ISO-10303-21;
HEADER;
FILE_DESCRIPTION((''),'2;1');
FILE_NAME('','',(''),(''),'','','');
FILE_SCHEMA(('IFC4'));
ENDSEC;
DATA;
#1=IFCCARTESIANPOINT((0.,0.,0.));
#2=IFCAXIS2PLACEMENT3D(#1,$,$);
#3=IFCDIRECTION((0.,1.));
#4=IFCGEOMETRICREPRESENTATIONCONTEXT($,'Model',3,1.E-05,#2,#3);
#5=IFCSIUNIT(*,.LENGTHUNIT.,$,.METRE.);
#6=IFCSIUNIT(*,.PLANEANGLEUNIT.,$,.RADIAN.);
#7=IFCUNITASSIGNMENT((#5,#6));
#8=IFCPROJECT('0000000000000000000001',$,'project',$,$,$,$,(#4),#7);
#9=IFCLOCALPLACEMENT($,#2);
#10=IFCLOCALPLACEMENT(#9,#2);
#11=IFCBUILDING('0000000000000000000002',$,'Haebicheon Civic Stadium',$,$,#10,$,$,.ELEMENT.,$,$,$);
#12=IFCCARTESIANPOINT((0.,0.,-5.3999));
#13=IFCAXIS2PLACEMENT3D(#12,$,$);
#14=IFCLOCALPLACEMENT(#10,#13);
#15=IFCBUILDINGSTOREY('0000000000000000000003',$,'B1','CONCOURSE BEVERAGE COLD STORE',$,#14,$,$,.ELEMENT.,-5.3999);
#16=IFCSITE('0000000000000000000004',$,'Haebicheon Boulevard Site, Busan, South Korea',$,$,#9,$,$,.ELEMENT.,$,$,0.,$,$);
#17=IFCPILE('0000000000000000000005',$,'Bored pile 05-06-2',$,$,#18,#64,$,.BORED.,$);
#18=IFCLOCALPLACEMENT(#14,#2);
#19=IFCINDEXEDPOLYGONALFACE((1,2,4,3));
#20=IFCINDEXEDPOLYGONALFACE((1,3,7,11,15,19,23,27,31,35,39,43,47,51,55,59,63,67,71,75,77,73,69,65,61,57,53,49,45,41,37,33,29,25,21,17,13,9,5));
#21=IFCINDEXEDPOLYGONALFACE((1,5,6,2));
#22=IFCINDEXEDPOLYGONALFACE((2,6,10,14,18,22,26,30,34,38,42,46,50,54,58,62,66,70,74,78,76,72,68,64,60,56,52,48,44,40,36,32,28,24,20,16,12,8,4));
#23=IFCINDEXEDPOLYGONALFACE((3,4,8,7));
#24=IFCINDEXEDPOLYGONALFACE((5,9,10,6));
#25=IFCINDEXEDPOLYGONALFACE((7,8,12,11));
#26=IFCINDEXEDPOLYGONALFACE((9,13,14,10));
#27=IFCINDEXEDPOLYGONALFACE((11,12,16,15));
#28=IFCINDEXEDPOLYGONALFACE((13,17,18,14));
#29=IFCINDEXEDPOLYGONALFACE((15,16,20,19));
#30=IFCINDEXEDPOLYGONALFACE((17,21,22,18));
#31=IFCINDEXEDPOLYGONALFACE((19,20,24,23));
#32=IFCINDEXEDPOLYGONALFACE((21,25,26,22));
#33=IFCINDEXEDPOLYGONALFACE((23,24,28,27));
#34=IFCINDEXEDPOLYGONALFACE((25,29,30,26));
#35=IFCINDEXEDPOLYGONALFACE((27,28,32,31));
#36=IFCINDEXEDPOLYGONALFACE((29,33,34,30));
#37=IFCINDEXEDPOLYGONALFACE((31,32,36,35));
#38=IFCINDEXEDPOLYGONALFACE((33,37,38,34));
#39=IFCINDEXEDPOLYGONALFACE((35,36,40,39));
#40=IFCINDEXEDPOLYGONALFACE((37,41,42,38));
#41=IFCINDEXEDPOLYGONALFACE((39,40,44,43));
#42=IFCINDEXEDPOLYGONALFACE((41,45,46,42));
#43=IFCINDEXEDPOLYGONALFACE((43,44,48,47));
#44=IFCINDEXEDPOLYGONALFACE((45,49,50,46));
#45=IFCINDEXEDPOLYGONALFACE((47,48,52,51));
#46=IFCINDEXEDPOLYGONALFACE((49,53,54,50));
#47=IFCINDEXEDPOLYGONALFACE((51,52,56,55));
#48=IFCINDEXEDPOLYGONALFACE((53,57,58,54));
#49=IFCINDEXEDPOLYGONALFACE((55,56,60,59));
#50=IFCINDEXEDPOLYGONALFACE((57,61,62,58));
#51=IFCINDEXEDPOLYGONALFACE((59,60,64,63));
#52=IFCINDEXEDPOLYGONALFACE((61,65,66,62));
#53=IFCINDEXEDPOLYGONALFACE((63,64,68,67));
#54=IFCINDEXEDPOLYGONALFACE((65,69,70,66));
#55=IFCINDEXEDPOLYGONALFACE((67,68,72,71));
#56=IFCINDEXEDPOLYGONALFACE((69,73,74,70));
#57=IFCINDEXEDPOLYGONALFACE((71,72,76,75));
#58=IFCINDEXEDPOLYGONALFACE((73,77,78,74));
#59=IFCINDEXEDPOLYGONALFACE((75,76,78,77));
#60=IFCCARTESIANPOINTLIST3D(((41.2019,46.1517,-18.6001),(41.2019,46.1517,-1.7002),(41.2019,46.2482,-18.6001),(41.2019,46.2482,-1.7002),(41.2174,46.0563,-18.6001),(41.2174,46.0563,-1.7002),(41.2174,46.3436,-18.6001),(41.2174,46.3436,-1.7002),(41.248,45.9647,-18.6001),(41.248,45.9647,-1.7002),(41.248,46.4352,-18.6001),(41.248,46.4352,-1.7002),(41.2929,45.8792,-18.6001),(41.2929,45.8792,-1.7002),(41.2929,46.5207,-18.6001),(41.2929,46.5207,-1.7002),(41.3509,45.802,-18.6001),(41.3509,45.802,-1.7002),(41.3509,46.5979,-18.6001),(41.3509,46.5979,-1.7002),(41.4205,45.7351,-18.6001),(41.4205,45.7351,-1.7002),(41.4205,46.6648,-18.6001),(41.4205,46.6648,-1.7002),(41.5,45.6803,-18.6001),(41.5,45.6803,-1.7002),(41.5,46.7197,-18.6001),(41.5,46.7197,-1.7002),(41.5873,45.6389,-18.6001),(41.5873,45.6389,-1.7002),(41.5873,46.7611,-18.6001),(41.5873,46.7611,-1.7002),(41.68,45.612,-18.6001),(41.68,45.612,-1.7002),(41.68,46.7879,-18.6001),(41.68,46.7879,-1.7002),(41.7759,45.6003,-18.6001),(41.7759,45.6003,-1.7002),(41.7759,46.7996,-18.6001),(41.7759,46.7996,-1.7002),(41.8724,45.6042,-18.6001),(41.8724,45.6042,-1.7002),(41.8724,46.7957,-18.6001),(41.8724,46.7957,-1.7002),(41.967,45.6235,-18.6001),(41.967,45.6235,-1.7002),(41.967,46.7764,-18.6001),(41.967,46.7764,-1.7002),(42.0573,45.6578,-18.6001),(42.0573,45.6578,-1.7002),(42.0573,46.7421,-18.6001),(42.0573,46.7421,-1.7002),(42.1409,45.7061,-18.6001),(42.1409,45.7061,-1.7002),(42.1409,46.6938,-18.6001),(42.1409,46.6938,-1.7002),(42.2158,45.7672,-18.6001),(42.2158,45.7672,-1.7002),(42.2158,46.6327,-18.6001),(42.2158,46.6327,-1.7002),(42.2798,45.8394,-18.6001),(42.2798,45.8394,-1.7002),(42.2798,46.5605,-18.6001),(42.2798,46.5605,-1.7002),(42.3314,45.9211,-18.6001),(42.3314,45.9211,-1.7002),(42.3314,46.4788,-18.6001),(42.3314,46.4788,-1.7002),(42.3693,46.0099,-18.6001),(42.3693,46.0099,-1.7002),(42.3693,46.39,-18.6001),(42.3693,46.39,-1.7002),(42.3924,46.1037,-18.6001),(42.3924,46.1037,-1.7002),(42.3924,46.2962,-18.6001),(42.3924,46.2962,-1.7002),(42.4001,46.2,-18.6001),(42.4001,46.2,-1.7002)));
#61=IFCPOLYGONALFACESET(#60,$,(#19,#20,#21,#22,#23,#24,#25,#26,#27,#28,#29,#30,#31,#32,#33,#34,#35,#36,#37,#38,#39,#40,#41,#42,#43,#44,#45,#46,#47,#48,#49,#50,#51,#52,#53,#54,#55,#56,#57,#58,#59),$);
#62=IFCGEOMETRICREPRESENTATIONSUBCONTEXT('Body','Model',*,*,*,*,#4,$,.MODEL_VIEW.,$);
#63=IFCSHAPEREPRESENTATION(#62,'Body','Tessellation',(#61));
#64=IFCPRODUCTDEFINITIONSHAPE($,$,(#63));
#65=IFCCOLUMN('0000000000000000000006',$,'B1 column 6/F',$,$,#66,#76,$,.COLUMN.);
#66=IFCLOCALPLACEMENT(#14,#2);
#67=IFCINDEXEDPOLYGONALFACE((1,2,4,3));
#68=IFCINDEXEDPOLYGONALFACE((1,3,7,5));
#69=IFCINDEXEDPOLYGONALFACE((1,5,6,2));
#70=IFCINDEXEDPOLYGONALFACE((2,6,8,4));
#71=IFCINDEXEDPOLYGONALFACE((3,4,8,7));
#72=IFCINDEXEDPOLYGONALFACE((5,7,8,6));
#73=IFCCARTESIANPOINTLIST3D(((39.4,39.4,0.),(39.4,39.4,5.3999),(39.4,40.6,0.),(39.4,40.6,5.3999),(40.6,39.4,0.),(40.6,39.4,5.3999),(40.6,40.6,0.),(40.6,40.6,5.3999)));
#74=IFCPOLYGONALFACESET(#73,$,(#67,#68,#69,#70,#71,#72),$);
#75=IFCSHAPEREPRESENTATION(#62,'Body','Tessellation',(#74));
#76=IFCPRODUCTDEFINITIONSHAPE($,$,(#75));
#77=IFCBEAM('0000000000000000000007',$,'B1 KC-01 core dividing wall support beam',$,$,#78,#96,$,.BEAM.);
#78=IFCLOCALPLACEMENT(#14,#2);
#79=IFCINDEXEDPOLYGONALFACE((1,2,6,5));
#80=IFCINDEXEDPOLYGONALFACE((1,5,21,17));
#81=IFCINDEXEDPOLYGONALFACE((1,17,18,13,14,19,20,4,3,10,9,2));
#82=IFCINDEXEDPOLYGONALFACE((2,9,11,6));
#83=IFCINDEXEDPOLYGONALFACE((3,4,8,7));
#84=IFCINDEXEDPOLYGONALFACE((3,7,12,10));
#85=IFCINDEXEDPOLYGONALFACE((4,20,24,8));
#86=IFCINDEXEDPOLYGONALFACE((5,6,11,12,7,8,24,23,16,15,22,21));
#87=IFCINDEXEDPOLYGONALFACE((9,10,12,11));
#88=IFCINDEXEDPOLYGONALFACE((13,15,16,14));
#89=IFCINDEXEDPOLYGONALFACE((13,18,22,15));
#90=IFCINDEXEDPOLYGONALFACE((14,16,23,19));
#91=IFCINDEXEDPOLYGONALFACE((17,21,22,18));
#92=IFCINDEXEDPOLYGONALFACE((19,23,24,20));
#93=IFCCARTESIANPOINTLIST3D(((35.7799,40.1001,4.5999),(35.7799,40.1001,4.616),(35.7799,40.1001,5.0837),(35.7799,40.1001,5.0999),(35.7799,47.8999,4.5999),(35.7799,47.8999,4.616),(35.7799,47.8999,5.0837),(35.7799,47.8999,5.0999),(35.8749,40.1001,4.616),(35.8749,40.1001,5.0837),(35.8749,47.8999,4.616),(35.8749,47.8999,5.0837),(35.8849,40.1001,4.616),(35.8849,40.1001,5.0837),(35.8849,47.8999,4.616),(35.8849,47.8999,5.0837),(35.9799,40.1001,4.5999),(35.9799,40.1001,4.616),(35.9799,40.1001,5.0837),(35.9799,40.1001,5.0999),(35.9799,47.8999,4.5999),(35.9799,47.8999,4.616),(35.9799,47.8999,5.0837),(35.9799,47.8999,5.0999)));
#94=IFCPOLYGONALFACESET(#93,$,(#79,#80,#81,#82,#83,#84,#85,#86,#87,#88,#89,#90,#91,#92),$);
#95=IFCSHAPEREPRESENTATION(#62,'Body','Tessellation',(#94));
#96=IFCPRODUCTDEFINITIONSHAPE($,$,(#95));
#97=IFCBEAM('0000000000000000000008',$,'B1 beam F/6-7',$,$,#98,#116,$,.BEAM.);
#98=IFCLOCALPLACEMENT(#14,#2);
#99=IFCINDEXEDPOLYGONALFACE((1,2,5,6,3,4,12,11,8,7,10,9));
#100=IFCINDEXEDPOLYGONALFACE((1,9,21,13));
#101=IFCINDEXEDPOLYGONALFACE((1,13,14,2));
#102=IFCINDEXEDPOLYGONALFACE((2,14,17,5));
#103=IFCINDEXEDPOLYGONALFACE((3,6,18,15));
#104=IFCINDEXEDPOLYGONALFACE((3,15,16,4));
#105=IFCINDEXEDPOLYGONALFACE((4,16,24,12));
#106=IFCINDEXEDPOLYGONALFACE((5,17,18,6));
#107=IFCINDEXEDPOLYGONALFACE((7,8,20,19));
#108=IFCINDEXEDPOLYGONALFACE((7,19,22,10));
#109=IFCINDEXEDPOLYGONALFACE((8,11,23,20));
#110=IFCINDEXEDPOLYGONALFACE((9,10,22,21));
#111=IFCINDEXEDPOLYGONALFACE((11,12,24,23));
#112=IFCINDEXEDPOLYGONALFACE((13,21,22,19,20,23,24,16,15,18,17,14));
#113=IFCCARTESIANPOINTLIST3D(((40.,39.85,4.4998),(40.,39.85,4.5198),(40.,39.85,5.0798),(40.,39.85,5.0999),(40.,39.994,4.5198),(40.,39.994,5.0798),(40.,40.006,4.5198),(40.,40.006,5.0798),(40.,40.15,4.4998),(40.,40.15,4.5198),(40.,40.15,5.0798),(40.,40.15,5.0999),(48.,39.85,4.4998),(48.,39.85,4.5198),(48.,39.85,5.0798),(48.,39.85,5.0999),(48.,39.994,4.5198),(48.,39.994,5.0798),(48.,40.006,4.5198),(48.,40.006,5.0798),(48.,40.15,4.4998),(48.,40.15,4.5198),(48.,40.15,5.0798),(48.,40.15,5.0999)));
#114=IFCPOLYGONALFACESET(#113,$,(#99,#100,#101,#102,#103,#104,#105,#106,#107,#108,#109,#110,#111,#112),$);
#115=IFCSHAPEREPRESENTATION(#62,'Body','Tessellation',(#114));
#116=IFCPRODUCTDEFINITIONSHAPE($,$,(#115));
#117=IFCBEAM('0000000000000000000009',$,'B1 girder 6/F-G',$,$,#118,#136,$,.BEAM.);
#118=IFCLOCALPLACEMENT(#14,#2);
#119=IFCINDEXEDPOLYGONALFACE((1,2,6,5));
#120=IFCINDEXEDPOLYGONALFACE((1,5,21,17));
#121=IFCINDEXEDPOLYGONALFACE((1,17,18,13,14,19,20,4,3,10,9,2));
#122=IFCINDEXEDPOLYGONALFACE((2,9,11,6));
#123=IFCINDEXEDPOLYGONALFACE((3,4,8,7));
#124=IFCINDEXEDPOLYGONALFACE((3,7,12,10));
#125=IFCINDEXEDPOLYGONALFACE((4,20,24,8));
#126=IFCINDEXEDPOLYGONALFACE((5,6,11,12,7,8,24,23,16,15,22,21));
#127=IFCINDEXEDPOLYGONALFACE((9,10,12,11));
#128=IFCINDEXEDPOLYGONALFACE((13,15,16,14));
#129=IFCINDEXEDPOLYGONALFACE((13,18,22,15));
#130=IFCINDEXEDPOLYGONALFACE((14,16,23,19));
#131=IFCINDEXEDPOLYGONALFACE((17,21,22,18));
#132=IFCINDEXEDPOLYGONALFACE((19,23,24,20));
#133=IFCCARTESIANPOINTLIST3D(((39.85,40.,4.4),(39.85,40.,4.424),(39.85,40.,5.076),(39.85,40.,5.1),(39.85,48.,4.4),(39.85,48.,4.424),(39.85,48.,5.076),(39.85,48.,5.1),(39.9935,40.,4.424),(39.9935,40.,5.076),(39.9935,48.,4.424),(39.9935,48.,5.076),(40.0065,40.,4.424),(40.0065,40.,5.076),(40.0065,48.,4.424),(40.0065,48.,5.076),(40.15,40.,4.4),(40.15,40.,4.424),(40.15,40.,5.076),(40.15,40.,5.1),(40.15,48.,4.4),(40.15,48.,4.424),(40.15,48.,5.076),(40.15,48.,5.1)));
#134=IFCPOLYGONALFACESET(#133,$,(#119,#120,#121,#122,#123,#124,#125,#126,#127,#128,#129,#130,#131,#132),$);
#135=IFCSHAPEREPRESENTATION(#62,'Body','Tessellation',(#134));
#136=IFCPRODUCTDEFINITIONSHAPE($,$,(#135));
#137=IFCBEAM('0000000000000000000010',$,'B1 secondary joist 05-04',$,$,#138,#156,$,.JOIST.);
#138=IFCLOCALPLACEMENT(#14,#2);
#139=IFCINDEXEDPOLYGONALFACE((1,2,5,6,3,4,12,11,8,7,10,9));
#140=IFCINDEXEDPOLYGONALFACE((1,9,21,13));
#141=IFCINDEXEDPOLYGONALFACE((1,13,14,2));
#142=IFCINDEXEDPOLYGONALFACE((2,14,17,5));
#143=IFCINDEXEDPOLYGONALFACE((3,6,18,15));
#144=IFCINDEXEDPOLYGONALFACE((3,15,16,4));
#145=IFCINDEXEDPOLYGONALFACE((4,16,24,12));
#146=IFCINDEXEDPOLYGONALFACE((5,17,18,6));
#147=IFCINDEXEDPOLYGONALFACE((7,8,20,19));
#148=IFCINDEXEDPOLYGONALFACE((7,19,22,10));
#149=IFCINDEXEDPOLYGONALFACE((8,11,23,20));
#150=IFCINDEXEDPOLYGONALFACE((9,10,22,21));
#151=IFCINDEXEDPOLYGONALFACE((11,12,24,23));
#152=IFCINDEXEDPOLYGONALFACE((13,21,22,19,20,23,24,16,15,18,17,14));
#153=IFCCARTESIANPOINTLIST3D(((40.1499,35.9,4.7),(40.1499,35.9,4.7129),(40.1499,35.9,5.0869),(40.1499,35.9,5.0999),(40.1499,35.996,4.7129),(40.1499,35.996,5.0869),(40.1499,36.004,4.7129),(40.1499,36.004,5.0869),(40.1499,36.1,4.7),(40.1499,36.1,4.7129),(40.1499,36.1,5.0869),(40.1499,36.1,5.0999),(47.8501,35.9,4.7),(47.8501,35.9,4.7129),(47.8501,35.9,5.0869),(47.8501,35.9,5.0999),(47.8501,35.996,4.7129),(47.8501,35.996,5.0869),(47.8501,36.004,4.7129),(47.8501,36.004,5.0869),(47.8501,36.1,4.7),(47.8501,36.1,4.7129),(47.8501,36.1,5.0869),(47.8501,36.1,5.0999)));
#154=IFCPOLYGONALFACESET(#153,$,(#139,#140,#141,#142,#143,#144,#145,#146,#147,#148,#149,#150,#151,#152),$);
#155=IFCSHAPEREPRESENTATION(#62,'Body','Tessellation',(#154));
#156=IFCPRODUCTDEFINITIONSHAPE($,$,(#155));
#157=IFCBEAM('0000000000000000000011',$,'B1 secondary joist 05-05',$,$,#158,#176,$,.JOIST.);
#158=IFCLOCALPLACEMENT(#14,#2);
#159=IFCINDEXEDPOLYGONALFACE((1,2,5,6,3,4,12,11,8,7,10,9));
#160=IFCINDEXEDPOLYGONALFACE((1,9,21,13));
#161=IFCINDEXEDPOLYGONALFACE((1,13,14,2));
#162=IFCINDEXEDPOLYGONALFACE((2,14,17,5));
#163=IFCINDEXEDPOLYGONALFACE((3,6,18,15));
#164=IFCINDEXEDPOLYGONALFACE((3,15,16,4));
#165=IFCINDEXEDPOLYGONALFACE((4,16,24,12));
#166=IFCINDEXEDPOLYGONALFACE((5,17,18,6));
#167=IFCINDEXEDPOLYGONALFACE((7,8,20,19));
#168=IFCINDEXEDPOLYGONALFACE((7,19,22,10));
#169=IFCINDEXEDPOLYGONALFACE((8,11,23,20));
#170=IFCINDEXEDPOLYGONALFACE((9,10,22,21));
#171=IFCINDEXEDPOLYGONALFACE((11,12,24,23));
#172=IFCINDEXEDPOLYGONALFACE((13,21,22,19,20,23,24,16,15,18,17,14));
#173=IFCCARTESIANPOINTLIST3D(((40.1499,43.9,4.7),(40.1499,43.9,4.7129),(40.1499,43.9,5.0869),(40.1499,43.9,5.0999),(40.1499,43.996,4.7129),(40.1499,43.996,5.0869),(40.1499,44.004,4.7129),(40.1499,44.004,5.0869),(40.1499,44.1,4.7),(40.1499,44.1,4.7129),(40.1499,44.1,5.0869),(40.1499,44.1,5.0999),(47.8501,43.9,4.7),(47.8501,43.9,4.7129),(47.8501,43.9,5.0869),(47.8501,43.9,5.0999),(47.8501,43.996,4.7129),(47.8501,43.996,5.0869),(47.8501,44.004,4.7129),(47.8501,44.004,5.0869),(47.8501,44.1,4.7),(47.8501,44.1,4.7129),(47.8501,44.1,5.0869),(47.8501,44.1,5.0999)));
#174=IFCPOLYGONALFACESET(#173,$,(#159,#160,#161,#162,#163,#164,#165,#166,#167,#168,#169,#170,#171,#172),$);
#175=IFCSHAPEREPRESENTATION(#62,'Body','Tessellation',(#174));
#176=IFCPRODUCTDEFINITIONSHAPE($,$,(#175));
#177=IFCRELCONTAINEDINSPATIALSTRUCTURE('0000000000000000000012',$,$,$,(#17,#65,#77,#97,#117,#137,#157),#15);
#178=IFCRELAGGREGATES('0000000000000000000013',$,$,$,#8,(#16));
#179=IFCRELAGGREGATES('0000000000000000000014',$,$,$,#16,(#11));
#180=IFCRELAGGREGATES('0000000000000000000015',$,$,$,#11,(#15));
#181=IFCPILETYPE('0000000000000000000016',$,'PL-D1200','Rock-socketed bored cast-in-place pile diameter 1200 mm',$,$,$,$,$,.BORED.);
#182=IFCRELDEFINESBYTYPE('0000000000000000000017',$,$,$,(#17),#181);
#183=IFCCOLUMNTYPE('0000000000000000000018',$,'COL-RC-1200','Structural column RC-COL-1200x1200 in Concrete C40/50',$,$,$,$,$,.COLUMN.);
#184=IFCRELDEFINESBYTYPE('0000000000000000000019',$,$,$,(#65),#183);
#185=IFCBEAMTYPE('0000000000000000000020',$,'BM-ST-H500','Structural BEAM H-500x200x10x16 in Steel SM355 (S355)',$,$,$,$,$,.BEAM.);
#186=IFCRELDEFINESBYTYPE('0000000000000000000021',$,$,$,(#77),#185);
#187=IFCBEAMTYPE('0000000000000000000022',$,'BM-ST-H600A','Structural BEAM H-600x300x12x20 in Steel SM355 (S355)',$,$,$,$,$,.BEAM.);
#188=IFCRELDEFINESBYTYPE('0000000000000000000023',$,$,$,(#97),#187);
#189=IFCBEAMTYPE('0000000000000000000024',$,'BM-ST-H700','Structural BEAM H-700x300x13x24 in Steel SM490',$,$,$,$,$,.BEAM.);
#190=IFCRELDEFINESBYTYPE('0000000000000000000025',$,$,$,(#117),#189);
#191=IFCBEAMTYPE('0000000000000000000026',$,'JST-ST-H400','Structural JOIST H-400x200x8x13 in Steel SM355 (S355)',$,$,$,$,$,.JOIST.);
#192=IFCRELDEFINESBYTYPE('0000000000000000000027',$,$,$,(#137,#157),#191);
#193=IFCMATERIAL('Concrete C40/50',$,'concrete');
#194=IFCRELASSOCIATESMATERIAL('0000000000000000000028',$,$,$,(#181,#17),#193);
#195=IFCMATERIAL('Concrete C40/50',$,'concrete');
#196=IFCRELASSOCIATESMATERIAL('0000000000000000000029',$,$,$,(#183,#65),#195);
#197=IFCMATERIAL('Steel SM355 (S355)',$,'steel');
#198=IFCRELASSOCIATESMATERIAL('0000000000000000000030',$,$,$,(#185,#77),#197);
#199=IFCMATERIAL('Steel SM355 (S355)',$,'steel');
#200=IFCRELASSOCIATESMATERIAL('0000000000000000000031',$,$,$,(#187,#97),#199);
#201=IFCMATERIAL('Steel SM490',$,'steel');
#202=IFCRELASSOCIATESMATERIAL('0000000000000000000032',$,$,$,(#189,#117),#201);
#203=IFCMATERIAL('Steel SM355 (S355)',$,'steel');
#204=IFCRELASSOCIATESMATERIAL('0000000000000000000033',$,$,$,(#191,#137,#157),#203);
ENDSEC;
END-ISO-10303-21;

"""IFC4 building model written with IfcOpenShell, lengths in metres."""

from ifc_helpers import new_model, si_unit, direction, frame, origin, origin_2d, place, context, subcontext, project, spatial, rectangle, circle, i_section, extrude, material, material_profile, profile_set, type_object, element, save


model = new_model("IFC4")

# Units and contexts
model_context = context("Model", 3, precision=1e-05, world=origin(), true_north=direction((0.0, 1.0)))
body_context = subcontext(model_context, "Body", "Model", "MODEL_VIEW")
ifc_project = project(units=[si_unit("LENGTHUNIT", "METRE"), si_unit("PLANEANGLEUNIT", "RADIAN")], contexts=[model_context])

# Site, building, storey
site_placement = place(None, origin())
site = spatial("IfcSite", under=ifc_project, at=site_placement, Name="Haebicheon Boulevard Site, Busan, South Korea", CompositionType="ELEMENT", RefElevation=0.0)
building_placement = place(site_placement, origin())
building = spatial("IfcBuilding", under=site, at=building_placement, Name="Haebicheon Civic Stadium", CompositionType="ELEMENT")
storey_placement = place(building_placement, frame((0.0, 0.0, -5.3999)))
storey = spatial("IfcBuildingStorey", under=building, at=storey_placement, Name="B1", Description="CONCOURSE BEVERAGE COLD STORE", CompositionType="ELEMENT", Elevation=-5.3999)

# Pile
ifc_material_1 = material(Name="Concrete C40/50", Category="concrete")
ifc_material_profile_1 = material_profile(ifc_material_1, circle(Radius=0.6001, at=origin_2d()), Name="PILE-D1200")
ifc_profile_set_1 = profile_set([ifc_material_profile_1], Name="Concrete C40/50")
pile_type_1 = type_object("IfcPileType", Name="PL-D1200", Description="Rock-socketed bored cast-in-place pile diameter 1200 mm", PredefinedType="BORED", material=ifc_profile_set_1)
for number, where, z_axis, x_axis, name in (
    (1, (41.8, 46.2, -1.7002), (0.0, 0.0, -1.0), (1.0, 0.0, 0.0), "Bored pile 05-06-2"),
):
    element("IfcPile", number, at=place(storey_placement, frame(where, z_axis=z_axis, x_axis=x_axis)), inside=storey, type_object=pile_type_1, material=ifc_profile_set_1, Name=name, PredefinedType="BORED", context=body_context, shape_type="SweptSolid", body=[
        extrude(circle(Radius=0.6001, at=origin_2d()), origin(), (0.0, 0.0, 1.0), 16.8999),
    ])

# Column
ifc_material_2 = material(Name="Concrete C40/50", Category="concrete")
ifc_material_profile_2 = material_profile(ifc_material_2, rectangle(XDim=1.2, YDim=1.2, at=origin_2d()), Name="RC-COL-1200x1200")
ifc_profile_set_2 = profile_set([ifc_material_profile_2], Name="Concrete C40/50")
column_type = type_object("IfcColumnType", Name="COL-RC-1200", Description="Structural column RC-COL-1200x1200 in Concrete C40/50", PredefinedType="COLUMN", material=ifc_profile_set_2)
column_placement = place(storey_placement, frame((40.0, 40.0, 0.0), z_axis=(0.0, 0.0, 1.0), x_axis=(1.0, 0.0, 0.0)))
element("IfcColumn", 2, at=column_placement, inside=storey, type_object=column_type, material=ifc_profile_set_2, Name="B1 column 6/F", PredefinedType="COLUMN", context=body_context, shape_type="SweptSolid", body=[
    extrude(rectangle(XDim=1.2, YDim=1.2, at=origin_2d()), origin(), (0.0, 0.0, 1.0), 5.3999),
])

# Beams
ifc_material_3 = material(Name="Steel SM355 (S355)", Category="steel")
ifc_material_profile_3 = material_profile(ifc_material_3, i_section(OverallWidth=0.2, OverallDepth=0.5, WebThickness=0.01, FlangeThickness=0.0161, at=origin_2d()), Name="H-500x200x10x16")
ifc_profile_set_3 = profile_set([ifc_material_profile_3], Name="Steel SM355 (S355)")
beam_type_1 = type_object("IfcBeamType", Name="BM-ST-H500", Description="Structural BEAM H-500x200x10x16 in Steel SM355 (S355)", PredefinedType="BEAM", material=ifc_profile_set_3)
beam_1_placement = place(storey_placement, frame((35.8799, 40.1001, 4.8499), z_axis=(0.0, 1.0, 0.0), x_axis=(-1.0, 0.0, 0.0)))
element("IfcBeam", 3, at=beam_1_placement, inside=storey, type_object=beam_type_1, material=ifc_profile_set_3, Name="B1 KC-01 core dividing wall support beam", PredefinedType="BEAM", context=body_context, shape_type="SweptSolid", body=[
    extrude(i_section(OverallWidth=0.2, OverallDepth=0.5, WebThickness=0.01, FlangeThickness=0.0161, at=origin_2d()), origin(), (0.0, 0.0, 1.0), 7.7998),
])
ifc_material_4 = material(Name="Steel SM355 (S355)", Category="steel")
ifc_material_profile_4 = material_profile(ifc_material_4, i_section(OverallWidth=0.3, OverallDepth=0.6001, WebThickness=0.012, FlangeThickness=0.02, at=origin_2d()), Name="H-600x300x12x20")
ifc_profile_set_4 = profile_set([ifc_material_profile_4], Name="Steel SM355 (S355)")
beam_type_2 = type_object("IfcBeamType", Name="BM-ST-H600A", Description="Structural BEAM H-600x300x12x20 in Steel SM355 (S355)", PredefinedType="BEAM", material=ifc_profile_set_4)
beam_2_placement = place(storey_placement, frame((40.0, 40.0, 4.7998), z_axis=(1.0, 0.0, 0.0), x_axis=(0.0, 1.0, 0.0)))
element("IfcBeam", 4, at=beam_2_placement, inside=storey, type_object=beam_type_2, material=ifc_profile_set_4, Name="B1 beam F/6-7", PredefinedType="BEAM", context=body_context, shape_type="SweptSolid", body=[
    extrude(i_section(OverallWidth=0.3, OverallDepth=0.6001, WebThickness=0.012, FlangeThickness=0.02, at=origin_2d()), origin(), (0.0, 0.0, 1.0), 8.0),
])
ifc_material_5 = material(Name="Steel SM490", Category="steel")
ifc_material_profile_5 = material_profile(ifc_material_5, i_section(OverallWidth=0.3, OverallDepth=0.7, WebThickness=0.0129, FlangeThickness=0.0239, at=origin_2d()), Name="H-700x300x13x24")
ifc_profile_set_5 = profile_set([ifc_material_profile_5], Name="Steel SM490")
beam_type_3 = type_object("IfcBeamType", Name="BM-ST-H700", Description="Structural BEAM H-700x300x13x24 in Steel SM490", PredefinedType="BEAM", material=ifc_profile_set_5)
beam_3_placement = place(storey_placement, frame((40.0, 40.0, 4.75), z_axis=(0.0, 1.0, 0.0), x_axis=(-1.0, 0.0, 0.0)))
element("IfcBeam", 5, at=beam_3_placement, inside=storey, type_object=beam_type_3, material=ifc_profile_set_5, Name="B1 girder 6/F-G", PredefinedType="BEAM", context=body_context, shape_type="SweptSolid", body=[
    extrude(i_section(OverallWidth=0.3, OverallDepth=0.7, WebThickness=0.0129, FlangeThickness=0.0239, at=origin_2d()), origin(), (0.0, 0.0, 1.0), 8.0),
])
ifc_material_6 = material(Name="Steel SM355 (S355)", Category="steel")
ifc_material_profile_6 = material_profile(ifc_material_6, i_section(OverallWidth=0.2, OverallDepth=0.3999, WebThickness=0.0081, FlangeThickness=0.0129, at=origin_2d()), Name="H-400x200x8x13")
ifc_profile_set_6 = profile_set([ifc_material_profile_6], Name="Steel SM355 (S355)")
beam_type_4 = type_object("IfcBeamType", Name="JST-ST-H400", Description="Structural JOIST H-400x200x8x13 in Steel SM355 (S355)", PredefinedType="JOIST", material=ifc_profile_set_6)
for number, where, z_axis, x_axis, name in (
    (6, (40.1499, 36.0, 4.8999), (1.0, 0.0, 0.0), (0.0, 1.0, 0.0), "B1 secondary joist 05-04"),
    (7, (40.1499, 44.0, 4.8999), (1.0, 0.0, 0.0), (0.0, 1.0, 0.0), "B1 secondary joist 05-05"),
):
    element("IfcBeam", number, at=place(storey_placement, frame(where, z_axis=z_axis, x_axis=x_axis)), inside=storey, type_object=beam_type_4, material=ifc_profile_set_6, Name=name, PredefinedType="JOIST", context=body_context, shape_type="SweptSolid", body=[
        extrude(i_section(OverallWidth=0.2, OverallDepth=0.3999, WebThickness=0.0081, FlangeThickness=0.0129, at=origin_2d()), origin(), (0.0, 0.0, 1.0), 7.7002),
    ])

save(model, "model.ifc")
